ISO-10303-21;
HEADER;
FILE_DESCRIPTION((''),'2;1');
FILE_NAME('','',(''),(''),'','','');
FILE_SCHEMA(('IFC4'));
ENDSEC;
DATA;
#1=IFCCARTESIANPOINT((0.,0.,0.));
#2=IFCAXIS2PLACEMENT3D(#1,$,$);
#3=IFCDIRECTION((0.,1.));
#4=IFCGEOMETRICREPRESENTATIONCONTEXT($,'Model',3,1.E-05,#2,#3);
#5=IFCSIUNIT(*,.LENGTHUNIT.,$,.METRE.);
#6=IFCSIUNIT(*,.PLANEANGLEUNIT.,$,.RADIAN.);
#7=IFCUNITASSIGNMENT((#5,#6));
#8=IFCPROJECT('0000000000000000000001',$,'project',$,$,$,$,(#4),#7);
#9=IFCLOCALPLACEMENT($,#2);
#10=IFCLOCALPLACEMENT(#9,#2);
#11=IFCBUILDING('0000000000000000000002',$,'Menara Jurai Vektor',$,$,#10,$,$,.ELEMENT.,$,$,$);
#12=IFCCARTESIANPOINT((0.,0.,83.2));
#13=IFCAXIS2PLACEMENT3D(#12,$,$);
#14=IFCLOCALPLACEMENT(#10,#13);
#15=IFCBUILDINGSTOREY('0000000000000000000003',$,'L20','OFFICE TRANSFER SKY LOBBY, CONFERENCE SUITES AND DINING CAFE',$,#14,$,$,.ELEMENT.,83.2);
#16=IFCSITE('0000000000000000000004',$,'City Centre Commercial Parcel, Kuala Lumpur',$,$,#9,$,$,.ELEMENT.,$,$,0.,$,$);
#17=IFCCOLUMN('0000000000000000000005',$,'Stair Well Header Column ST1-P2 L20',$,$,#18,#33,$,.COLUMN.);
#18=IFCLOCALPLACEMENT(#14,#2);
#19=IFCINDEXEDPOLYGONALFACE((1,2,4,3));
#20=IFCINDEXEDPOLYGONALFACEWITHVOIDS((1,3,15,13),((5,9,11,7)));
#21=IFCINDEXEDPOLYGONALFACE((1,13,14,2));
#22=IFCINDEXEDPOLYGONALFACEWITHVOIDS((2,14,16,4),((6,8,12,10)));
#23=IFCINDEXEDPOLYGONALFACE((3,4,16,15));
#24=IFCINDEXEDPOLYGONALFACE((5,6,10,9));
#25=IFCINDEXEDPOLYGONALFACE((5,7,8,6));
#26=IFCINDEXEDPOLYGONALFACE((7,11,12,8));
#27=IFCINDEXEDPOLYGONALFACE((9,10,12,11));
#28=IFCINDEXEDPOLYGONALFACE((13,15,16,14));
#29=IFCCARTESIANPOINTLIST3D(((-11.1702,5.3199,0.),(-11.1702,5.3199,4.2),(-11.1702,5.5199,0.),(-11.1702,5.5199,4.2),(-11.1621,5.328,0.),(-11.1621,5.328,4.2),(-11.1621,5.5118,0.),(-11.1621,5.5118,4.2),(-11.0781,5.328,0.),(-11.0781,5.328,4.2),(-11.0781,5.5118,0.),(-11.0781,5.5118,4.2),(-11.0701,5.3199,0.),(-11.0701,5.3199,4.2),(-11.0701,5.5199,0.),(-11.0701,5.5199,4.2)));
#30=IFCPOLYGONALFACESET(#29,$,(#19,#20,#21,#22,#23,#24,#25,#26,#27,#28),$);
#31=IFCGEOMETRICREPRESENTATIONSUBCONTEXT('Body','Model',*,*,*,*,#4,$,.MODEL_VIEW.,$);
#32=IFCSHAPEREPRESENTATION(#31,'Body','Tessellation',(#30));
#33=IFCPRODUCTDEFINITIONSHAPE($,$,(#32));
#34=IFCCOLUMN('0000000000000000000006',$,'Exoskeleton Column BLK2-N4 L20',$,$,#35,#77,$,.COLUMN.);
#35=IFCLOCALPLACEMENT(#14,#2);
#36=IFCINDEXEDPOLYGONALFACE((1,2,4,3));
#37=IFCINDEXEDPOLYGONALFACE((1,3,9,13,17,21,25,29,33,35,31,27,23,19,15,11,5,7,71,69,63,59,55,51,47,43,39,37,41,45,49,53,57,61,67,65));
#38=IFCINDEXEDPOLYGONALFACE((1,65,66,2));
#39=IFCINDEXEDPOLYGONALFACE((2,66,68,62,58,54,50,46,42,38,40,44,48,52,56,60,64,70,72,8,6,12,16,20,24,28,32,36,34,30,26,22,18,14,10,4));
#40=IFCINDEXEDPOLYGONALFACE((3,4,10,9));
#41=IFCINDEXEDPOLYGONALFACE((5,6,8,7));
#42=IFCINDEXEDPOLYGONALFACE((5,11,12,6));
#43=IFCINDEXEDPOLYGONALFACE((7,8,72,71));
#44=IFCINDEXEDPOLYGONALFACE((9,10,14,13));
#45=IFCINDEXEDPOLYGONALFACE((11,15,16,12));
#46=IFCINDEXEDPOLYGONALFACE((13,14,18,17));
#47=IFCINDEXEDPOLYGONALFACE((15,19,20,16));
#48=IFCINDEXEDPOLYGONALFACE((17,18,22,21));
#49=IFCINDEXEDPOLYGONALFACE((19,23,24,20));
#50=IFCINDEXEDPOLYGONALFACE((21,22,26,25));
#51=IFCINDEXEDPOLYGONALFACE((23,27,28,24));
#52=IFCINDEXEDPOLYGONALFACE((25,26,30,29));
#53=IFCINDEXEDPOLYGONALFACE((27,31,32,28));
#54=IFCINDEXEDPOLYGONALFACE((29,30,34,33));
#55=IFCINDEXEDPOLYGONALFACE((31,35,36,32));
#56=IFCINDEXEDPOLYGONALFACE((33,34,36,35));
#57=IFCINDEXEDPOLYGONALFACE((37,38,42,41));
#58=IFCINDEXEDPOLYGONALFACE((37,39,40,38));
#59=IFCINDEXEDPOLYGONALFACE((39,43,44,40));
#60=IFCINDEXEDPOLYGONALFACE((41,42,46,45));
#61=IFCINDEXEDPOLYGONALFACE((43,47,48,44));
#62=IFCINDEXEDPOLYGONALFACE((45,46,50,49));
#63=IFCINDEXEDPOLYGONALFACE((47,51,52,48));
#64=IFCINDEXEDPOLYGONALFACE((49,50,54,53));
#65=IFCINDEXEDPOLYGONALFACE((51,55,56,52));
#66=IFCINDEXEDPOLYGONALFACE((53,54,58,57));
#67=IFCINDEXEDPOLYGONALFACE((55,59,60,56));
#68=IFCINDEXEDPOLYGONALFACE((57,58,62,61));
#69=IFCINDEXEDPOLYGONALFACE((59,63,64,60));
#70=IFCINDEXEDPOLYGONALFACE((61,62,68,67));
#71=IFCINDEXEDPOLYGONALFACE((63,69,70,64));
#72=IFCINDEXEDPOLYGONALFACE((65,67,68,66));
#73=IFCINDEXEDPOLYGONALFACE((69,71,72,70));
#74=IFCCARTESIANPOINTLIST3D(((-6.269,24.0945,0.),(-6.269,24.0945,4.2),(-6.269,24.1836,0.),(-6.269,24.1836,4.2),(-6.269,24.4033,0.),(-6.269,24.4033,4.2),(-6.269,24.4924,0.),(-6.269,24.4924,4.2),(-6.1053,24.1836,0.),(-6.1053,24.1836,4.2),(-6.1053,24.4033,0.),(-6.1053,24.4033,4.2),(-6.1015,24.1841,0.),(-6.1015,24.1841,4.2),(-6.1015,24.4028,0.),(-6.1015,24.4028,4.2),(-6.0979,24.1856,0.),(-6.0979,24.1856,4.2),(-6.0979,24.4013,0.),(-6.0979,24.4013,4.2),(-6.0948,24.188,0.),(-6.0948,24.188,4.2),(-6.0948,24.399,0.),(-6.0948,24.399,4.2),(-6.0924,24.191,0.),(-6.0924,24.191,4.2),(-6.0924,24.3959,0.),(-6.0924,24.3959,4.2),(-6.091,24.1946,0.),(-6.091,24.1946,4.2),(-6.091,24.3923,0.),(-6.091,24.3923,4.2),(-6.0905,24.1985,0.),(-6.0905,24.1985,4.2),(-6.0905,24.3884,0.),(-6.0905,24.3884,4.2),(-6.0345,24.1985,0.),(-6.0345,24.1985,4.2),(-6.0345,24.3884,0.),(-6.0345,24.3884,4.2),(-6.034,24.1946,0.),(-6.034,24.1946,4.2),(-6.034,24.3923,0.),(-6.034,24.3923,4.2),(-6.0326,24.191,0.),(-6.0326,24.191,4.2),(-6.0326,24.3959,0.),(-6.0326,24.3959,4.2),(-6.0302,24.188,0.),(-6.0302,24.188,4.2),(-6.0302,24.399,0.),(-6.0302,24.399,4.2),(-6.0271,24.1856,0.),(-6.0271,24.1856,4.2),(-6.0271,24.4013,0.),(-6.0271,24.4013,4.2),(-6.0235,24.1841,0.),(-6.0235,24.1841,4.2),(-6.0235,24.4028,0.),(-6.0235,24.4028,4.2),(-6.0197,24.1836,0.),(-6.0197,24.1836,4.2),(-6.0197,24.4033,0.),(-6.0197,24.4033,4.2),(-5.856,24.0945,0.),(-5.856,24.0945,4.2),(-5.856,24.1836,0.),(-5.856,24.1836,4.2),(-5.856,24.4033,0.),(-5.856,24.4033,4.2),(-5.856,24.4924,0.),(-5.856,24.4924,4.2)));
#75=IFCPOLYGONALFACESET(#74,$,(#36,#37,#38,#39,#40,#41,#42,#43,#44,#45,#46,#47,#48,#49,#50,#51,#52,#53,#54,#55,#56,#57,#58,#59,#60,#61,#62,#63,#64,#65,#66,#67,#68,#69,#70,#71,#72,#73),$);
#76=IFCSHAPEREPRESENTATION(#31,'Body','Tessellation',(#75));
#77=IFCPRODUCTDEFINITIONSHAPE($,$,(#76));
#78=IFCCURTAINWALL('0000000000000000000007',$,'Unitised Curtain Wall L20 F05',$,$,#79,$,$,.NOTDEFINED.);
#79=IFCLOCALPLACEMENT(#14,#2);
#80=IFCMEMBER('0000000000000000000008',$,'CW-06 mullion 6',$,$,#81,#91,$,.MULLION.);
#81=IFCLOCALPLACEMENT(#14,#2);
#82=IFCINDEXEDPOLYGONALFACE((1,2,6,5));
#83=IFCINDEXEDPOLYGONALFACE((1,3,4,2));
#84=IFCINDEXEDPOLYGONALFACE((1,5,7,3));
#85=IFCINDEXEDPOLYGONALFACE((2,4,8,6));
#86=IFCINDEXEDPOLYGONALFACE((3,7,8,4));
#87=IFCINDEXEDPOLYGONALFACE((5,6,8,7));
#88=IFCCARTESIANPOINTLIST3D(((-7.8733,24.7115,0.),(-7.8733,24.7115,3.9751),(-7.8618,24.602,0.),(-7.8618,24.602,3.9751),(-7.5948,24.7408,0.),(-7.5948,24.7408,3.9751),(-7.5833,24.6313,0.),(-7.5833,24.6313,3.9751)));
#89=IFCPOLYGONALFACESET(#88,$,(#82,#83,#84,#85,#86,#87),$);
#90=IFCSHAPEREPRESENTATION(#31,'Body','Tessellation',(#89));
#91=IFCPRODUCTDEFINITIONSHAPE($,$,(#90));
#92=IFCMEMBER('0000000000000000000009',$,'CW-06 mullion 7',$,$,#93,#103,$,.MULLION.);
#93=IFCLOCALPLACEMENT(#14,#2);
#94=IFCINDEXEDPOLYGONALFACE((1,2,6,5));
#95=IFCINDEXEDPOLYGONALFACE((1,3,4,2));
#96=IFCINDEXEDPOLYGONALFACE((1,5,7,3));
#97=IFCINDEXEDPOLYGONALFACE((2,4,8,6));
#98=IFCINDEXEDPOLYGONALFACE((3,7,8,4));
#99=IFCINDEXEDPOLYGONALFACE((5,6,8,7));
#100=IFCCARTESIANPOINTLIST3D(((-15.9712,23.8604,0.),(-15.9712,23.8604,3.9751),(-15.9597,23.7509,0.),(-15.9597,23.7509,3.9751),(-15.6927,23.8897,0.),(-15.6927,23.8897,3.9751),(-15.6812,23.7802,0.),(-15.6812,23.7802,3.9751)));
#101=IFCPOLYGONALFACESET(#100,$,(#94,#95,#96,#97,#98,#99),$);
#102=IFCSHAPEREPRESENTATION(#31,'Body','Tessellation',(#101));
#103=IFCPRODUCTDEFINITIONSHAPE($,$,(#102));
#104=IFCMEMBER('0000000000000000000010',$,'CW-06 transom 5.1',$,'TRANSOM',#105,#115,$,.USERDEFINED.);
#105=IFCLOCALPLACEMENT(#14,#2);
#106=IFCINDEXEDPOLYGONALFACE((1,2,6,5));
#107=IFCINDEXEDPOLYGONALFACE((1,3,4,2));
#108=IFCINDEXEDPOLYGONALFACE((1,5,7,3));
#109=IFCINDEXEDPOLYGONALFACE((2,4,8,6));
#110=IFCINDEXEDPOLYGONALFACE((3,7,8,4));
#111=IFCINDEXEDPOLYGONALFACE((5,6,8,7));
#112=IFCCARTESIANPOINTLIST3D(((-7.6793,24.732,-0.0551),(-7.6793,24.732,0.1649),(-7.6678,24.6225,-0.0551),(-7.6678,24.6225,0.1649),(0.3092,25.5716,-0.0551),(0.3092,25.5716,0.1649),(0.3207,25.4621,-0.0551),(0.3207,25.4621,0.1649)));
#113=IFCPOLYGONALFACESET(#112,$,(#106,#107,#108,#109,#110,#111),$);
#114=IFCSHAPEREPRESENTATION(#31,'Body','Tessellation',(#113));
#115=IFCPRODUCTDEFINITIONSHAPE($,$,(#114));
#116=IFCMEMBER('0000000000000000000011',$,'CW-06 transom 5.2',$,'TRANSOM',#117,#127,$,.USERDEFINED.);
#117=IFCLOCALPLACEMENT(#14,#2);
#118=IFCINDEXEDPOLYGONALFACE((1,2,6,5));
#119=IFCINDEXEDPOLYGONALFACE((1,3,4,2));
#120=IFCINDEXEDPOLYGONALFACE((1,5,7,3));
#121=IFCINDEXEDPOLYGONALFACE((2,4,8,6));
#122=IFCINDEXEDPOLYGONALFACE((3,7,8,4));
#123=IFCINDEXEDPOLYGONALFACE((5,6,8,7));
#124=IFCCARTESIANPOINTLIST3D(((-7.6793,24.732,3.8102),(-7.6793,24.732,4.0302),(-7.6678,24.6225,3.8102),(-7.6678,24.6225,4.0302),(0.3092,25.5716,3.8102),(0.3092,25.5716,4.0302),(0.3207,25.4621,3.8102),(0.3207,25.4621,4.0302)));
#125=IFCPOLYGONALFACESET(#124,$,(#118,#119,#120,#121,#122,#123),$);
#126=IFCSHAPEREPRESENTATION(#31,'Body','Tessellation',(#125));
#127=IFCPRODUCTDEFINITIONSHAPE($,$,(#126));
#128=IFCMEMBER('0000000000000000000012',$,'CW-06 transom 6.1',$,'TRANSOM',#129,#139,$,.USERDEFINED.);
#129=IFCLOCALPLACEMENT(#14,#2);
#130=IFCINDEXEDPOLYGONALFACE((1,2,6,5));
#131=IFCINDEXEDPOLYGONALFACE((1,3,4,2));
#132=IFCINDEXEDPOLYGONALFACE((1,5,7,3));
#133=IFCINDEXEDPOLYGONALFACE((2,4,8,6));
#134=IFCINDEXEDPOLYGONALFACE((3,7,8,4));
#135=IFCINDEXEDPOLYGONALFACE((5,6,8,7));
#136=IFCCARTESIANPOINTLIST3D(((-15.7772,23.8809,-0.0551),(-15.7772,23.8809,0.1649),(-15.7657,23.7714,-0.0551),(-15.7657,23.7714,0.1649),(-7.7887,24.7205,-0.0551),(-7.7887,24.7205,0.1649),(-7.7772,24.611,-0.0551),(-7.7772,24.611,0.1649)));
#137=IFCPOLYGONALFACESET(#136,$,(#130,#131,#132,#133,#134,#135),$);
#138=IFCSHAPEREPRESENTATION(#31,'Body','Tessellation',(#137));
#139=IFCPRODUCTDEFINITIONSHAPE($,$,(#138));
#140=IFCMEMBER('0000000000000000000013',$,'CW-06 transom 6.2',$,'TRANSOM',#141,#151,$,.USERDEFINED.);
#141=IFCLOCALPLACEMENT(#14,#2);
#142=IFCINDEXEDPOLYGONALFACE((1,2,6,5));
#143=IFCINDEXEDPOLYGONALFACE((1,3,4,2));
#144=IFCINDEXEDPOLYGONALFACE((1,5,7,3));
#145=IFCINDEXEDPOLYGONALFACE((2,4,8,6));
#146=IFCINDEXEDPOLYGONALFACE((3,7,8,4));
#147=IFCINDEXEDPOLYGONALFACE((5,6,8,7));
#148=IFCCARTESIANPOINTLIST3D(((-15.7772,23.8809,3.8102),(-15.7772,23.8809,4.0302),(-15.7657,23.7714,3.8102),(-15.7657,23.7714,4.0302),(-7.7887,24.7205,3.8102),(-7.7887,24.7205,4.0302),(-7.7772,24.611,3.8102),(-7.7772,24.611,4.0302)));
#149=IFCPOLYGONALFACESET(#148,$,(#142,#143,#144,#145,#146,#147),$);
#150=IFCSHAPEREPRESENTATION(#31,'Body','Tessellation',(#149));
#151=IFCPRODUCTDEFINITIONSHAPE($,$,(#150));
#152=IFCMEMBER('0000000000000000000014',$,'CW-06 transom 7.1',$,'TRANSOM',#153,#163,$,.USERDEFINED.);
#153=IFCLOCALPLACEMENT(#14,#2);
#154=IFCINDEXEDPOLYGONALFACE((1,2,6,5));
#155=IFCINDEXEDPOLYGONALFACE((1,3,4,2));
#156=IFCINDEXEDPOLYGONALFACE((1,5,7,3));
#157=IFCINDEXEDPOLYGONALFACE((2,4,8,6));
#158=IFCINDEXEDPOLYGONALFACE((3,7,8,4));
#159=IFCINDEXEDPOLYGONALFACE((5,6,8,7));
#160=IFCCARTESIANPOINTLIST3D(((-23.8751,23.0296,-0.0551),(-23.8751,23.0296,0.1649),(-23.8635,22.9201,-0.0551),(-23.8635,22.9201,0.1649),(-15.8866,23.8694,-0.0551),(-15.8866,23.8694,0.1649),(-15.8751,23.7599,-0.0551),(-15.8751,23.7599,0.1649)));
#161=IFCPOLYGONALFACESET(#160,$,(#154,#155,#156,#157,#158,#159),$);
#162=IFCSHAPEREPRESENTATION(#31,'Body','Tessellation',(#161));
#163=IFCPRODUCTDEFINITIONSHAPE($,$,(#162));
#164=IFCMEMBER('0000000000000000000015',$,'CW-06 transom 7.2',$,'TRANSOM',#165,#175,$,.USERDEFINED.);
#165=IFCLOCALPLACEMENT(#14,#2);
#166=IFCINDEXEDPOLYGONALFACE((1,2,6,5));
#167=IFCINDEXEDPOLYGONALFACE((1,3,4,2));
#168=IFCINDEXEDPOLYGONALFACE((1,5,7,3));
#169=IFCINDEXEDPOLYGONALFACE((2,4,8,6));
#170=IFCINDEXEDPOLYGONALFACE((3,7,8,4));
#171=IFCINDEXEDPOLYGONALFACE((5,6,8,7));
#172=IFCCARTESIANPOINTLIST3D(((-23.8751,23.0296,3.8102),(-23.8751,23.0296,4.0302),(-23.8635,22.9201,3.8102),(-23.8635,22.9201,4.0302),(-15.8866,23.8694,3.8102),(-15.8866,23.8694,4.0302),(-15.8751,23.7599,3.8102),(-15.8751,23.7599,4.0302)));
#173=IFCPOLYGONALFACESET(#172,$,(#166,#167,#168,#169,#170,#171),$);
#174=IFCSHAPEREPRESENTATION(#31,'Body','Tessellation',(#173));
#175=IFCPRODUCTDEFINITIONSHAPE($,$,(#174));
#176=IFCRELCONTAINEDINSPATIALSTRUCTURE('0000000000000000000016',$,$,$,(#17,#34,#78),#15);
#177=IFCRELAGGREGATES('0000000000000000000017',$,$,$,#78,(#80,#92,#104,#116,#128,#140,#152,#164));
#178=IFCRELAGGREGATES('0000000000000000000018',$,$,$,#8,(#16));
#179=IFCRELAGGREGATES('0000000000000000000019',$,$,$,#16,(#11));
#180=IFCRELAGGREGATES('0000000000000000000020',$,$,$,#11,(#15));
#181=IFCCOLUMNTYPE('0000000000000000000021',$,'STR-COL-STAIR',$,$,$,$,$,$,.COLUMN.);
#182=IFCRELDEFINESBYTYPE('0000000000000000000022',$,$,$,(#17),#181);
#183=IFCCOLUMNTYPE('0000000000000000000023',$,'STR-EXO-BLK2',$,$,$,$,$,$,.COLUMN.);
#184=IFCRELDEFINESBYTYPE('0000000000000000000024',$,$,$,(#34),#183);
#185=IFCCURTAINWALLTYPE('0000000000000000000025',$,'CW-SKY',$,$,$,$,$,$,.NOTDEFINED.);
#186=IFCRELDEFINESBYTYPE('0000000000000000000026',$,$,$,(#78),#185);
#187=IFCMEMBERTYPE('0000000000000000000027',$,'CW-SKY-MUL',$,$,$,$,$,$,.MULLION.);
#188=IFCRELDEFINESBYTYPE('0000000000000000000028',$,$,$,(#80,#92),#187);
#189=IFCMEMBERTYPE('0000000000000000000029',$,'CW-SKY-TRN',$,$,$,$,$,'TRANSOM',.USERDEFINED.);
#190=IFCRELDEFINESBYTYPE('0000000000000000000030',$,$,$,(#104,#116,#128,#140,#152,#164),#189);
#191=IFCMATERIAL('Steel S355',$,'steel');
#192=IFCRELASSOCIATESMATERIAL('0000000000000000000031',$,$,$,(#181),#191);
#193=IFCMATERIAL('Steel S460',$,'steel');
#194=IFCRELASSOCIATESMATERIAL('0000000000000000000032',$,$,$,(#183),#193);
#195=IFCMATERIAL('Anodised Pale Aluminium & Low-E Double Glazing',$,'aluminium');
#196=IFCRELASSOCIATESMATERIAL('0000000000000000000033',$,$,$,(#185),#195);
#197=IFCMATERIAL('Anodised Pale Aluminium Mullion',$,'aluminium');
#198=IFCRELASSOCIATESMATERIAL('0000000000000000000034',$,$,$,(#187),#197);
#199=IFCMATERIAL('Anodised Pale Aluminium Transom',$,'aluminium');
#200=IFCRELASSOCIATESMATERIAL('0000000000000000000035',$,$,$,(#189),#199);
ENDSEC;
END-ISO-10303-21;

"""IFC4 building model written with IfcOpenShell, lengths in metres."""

from ifc_helpers import new_model, si_unit, direction, frame, origin, origin_2d, place, context, subcontext, project, spatial, rectangle, hollow_rectangle, i_section, extrude, material, material_profile, profile_set, type_object, element, aggregate, save


model = new_model("IFC4")

# Units and contexts
model_context = context("Model", 3, precision=1e-05, world=origin(), true_north=direction((0.0, 1.0)))
body_context = subcontext(model_context, "Body", "Model", "MODEL_VIEW")
ifc_project = project(units=[si_unit("LENGTHUNIT", "METRE"), si_unit("PLANEANGLEUNIT", "RADIAN")], contexts=[model_context])

# Site, building, storey
site_placement = place(None, origin())
site = spatial("IfcSite", under=ifc_project, at=site_placement, Name="City Centre Commercial Parcel, Kuala Lumpur", CompositionType="ELEMENT", RefElevation=0.0)
building_placement = place(site_placement, origin())
building = spatial("IfcBuilding", under=site, at=building_placement, Name="Menara Jurai Vektor", CompositionType="ELEMENT")
storey_placement = place(building_placement, frame((0.0, 0.0, 83.2)))
storey = spatial("IfcBuildingStorey", under=building, at=storey_placement, Name="L20", Description="OFFICE TRANSFER SKY LOBBY, CONFERENCE SUITES AND DINING CAFE", CompositionType="ELEMENT", Elevation=83.2)

# Columns
ifc_material_1 = material(Name="Steel S355", Category="steel")
ifc_material_profile_1 = material_profile(ifc_material_1, hollow_rectangle(XDim=0.1001, YDim=0.2, WallThickness=0.0081, at=origin_2d()), Name="RHS 200x100x8")
ifc_profile_set_1 = profile_set([ifc_material_profile_1], Name="Steel S355")
column_type_1 = type_object("IfcColumnType", Name="STR-COL-STAIR", PredefinedType="COLUMN", material=ifc_profile_set_1)
column_1_placement = place(storey_placement, frame((-11.1201, 5.4199, 0.0), z_axis=(0.0, 0.0, 1.0), x_axis=(1.0, 0.0, 0.0)))
element("IfcColumn", 1, at=column_1_placement, inside=storey, type_object=column_type_1, Name="Stair Well Header Column ST1-P2 L20", PredefinedType="COLUMN", context=body_context, shape_type="SweptSolid", body=[
    extrude(hollow_rectangle(XDim=0.1001, YDim=0.2, WallThickness=0.0081, at=origin_2d()), origin(), (0.0, 0.0, 1.0), 4.2),
])
ifc_material_2 = material(Name="Steel S460", Category="steel")
ifc_material_profile_2 = material_profile(ifc_material_2, i_section(OverallWidth=0.4131, OverallDepth=0.3979, WebThickness=0.0559, FlangeThickness=0.0891, FilletRadius=0.0149, at=origin_2d()), Name="HD 400x744")
ifc_profile_set_2 = profile_set([ifc_material_profile_2], Name="Steel S460")
column_type_2 = type_object("IfcColumnType", Name="STR-EXO-BLK2", PredefinedType="COLUMN", material=ifc_profile_set_2)
column_2_placement = place(storey_placement, frame((-6.0625, 24.2935, 0.0), z_axis=(0.0, 0.0, 1.0), x_axis=(1.0, 0.0, 0.0)))
element("IfcColumn", 2, at=column_2_placement, inside=storey, type_object=column_type_2, Name="Exoskeleton Column BLK2-N4 L20", PredefinedType="COLUMN", context=body_context, shape_type="SweptSolid", body=[
    extrude(i_section(OverallWidth=0.4131, OverallDepth=0.3979, WebThickness=0.0559, FlangeThickness=0.0891, FilletRadius=0.0149, at=origin_2d()), origin(), (0.0, 0.0, 1.0), 4.2),
])

# Curtain wall, members
ifc_material_3 = material(Name="Anodised Pale Aluminium & Low-E Double Glazing", Category="aluminium")
curtain_wall_type = type_object("IfcCurtainWallType", Name="CW-SKY", PredefinedType="NOTDEFINED", material=ifc_material_3)
curtain_wall_placement = place(storey_placement, origin())
curtain_wall = element("IfcCurtainWall", 3, at=curtain_wall_placement, inside=storey, type_object=curtain_wall_type, Name="Unitised Curtain Wall L20 F05", PredefinedType="NOTDEFINED")
ifc_material_4 = material(Name="Anodised Pale Aluminium Mullion", Category="aluminium")
ifc_material_profile_3 = material_profile(ifc_material_4, rectangle(XDim=0.1101, YDim=0.28, at=origin_2d()), Name="ALU MUL 110x280")
ifc_profile_set_3 = profile_set([ifc_material_profile_3], Name="Anodised Pale Aluminium Mullion")
member_type_1 = type_object("IfcMemberType", Name="CW-SKY-MUL", PredefinedType="MULLION", material=ifc_profile_set_3)
member_1_placement = place(storey_placement, frame((-7.7283, 24.6714, 0.0), z_axis=(0.0, 0.0, 1.0), x_axis=(0.104529, -0.994522, 0.0)))
member_1 = element("IfcMember", 4, at=member_1_placement, type_object=member_type_1, Name="CW-06 mullion 6", PredefinedType="MULLION", context=body_context, shape_type="SweptSolid", body=[
    extrude(rectangle(XDim=0.1101, YDim=0.28, at=origin_2d()), origin(), (0.0, 0.0, 1.0), 3.9751),
])
member_2_placement = place(storey_placement, frame((-15.8262, 23.8203, 0.0), z_axis=(0.0, 0.0, 1.0), x_axis=(0.104529, -0.994522, 0.0)))
member_2 = element("IfcMember", 5, at=member_2_placement, type_object=member_type_1, Name="CW-06 mullion 7", PredefinedType="MULLION", context=body_context, shape_type="SweptSolid", body=[
    extrude(rectangle(XDim=0.1101, YDim=0.28, at=origin_2d()), origin(), (0.0, 0.0, 1.0), 3.9751),
])
ifc_material_5 = material(Name="Anodised Pale Aluminium Transom", Category="aluminium")
ifc_material_profile_4 = material_profile(ifc_material_5, rectangle(XDim=0.1101, YDim=0.22, at=origin_2d()), Name="ALU TRN 110x220")
ifc_profile_set_4 = profile_set([ifc_material_profile_4], Name="Anodised Pale Aluminium Transom")
member_type_2 = type_object("IfcMemberType", Name="CW-SKY-TRN", ElementType="TRANSOM", PredefinedType="USERDEFINED", material=ifc_profile_set_4)
member_3_placement = place(storey_placement, frame((0.3149, 25.5168, 0.0549), z_axis=(-0.994522, -0.104525, 0.0), x_axis=(0.104525, -0.994522, 0.0)))
member_3 = element("IfcMember", 6, at=member_3_placement, type_object=member_type_2, Name="CW-06 transom 5.1", ObjectType="TRANSOM", PredefinedType="USERDEFINED", context=body_context, shape_type="SweptSolid", body=[
    extrude(rectangle(XDim=0.1101, YDim=0.22, at=origin_2d()), origin(), (0.0, 0.0, 1.0), 8.0325),
])
member_4_placement = place(storey_placement, frame((0.3149, 25.5168, 3.9202), z_axis=(-0.994522, -0.104525, 0.0), x_axis=(0.104525, -0.994522, 0.0)))
member_4 = element("IfcMember", 7, at=member_4_placement, type_object=member_type_2, Name="CW-06 transom 5.2", ObjectType="TRANSOM", PredefinedType="USERDEFINED", context=body_context, shape_type="SweptSolid", body=[
    extrude(rectangle(XDim=0.1101, YDim=0.22, at=origin_2d()), origin(), (0.0, 0.0, 1.0), 8.0325),
])
member_5_placement = place(storey_placement, frame((-7.783, 24.6658, 0.0549), z_axis=(-0.994522, -0.104525, 0.0), x_axis=(0.104525, -0.994522, 0.0)))
member_5 = element("IfcMember", 8, at=member_5_placement, type_object=member_type_2, Name="CW-06 transom 6.1", ObjectType="TRANSOM", PredefinedType="USERDEFINED", context=body_context, shape_type="SweptSolid", body=[
    extrude(rectangle(XDim=0.1101, YDim=0.22, at=origin_2d()), origin(), (0.0, 0.0, 1.0), 8.0325),
])
member_6_placement = place(storey_placement, frame((-7.783, 24.6658, 3.9202), z_axis=(-0.994522, -0.104525, 0.0), x_axis=(0.104525, -0.994522, 0.0)))
member_6 = element("IfcMember", 9, at=member_6_placement, type_object=member_type_2, Name="CW-06 transom 6.2", ObjectType="TRANSOM", PredefinedType="USERDEFINED", context=body_context, shape_type="SweptSolid", body=[
    extrude(rectangle(XDim=0.1101, YDim=0.22, at=origin_2d()), origin(), (0.0, 0.0, 1.0), 8.0325),
])
member_7_placement = place(storey_placement, frame((-15.8809, 23.8147, 0.0549), z_axis=(-0.994519, -0.104555, 0.0), x_axis=(0.104555, -0.994519, 0.0)))
member_7 = element("IfcMember", 10, at=member_7_placement, type_object=member_type_2, Name="CW-06 transom 7.1", ObjectType="TRANSOM", PredefinedType="USERDEFINED", context=body_context, shape_type="SweptSolid", body=[
    extrude(rectangle(XDim=0.1101, YDim=0.22, at=origin_2d()), origin(), (0.0, 0.0, 1.0), 8.0325),
])
member_8_placement = place(storey_placement, frame((-15.8809, 23.8147, 3.9202), z_axis=(-0.994519, -0.104555, 0.0), x_axis=(0.104555, -0.994519, 0.0)))
member_8 = element("IfcMember", 11, at=member_8_placement, type_object=member_type_2, Name="CW-06 transom 7.2", ObjectType="TRANSOM", PredefinedType="USERDEFINED", context=body_context, shape_type="SweptSolid", body=[
    extrude(rectangle(XDim=0.1101, YDim=0.22, at=origin_2d()), origin(), (0.0, 0.0, 1.0), 8.0325),
])

aggregate(curtain_wall, [member_1, member_2, member_3, member_4, member_5, member_6, member_7, member_8])

save(model, "model.ifc")
